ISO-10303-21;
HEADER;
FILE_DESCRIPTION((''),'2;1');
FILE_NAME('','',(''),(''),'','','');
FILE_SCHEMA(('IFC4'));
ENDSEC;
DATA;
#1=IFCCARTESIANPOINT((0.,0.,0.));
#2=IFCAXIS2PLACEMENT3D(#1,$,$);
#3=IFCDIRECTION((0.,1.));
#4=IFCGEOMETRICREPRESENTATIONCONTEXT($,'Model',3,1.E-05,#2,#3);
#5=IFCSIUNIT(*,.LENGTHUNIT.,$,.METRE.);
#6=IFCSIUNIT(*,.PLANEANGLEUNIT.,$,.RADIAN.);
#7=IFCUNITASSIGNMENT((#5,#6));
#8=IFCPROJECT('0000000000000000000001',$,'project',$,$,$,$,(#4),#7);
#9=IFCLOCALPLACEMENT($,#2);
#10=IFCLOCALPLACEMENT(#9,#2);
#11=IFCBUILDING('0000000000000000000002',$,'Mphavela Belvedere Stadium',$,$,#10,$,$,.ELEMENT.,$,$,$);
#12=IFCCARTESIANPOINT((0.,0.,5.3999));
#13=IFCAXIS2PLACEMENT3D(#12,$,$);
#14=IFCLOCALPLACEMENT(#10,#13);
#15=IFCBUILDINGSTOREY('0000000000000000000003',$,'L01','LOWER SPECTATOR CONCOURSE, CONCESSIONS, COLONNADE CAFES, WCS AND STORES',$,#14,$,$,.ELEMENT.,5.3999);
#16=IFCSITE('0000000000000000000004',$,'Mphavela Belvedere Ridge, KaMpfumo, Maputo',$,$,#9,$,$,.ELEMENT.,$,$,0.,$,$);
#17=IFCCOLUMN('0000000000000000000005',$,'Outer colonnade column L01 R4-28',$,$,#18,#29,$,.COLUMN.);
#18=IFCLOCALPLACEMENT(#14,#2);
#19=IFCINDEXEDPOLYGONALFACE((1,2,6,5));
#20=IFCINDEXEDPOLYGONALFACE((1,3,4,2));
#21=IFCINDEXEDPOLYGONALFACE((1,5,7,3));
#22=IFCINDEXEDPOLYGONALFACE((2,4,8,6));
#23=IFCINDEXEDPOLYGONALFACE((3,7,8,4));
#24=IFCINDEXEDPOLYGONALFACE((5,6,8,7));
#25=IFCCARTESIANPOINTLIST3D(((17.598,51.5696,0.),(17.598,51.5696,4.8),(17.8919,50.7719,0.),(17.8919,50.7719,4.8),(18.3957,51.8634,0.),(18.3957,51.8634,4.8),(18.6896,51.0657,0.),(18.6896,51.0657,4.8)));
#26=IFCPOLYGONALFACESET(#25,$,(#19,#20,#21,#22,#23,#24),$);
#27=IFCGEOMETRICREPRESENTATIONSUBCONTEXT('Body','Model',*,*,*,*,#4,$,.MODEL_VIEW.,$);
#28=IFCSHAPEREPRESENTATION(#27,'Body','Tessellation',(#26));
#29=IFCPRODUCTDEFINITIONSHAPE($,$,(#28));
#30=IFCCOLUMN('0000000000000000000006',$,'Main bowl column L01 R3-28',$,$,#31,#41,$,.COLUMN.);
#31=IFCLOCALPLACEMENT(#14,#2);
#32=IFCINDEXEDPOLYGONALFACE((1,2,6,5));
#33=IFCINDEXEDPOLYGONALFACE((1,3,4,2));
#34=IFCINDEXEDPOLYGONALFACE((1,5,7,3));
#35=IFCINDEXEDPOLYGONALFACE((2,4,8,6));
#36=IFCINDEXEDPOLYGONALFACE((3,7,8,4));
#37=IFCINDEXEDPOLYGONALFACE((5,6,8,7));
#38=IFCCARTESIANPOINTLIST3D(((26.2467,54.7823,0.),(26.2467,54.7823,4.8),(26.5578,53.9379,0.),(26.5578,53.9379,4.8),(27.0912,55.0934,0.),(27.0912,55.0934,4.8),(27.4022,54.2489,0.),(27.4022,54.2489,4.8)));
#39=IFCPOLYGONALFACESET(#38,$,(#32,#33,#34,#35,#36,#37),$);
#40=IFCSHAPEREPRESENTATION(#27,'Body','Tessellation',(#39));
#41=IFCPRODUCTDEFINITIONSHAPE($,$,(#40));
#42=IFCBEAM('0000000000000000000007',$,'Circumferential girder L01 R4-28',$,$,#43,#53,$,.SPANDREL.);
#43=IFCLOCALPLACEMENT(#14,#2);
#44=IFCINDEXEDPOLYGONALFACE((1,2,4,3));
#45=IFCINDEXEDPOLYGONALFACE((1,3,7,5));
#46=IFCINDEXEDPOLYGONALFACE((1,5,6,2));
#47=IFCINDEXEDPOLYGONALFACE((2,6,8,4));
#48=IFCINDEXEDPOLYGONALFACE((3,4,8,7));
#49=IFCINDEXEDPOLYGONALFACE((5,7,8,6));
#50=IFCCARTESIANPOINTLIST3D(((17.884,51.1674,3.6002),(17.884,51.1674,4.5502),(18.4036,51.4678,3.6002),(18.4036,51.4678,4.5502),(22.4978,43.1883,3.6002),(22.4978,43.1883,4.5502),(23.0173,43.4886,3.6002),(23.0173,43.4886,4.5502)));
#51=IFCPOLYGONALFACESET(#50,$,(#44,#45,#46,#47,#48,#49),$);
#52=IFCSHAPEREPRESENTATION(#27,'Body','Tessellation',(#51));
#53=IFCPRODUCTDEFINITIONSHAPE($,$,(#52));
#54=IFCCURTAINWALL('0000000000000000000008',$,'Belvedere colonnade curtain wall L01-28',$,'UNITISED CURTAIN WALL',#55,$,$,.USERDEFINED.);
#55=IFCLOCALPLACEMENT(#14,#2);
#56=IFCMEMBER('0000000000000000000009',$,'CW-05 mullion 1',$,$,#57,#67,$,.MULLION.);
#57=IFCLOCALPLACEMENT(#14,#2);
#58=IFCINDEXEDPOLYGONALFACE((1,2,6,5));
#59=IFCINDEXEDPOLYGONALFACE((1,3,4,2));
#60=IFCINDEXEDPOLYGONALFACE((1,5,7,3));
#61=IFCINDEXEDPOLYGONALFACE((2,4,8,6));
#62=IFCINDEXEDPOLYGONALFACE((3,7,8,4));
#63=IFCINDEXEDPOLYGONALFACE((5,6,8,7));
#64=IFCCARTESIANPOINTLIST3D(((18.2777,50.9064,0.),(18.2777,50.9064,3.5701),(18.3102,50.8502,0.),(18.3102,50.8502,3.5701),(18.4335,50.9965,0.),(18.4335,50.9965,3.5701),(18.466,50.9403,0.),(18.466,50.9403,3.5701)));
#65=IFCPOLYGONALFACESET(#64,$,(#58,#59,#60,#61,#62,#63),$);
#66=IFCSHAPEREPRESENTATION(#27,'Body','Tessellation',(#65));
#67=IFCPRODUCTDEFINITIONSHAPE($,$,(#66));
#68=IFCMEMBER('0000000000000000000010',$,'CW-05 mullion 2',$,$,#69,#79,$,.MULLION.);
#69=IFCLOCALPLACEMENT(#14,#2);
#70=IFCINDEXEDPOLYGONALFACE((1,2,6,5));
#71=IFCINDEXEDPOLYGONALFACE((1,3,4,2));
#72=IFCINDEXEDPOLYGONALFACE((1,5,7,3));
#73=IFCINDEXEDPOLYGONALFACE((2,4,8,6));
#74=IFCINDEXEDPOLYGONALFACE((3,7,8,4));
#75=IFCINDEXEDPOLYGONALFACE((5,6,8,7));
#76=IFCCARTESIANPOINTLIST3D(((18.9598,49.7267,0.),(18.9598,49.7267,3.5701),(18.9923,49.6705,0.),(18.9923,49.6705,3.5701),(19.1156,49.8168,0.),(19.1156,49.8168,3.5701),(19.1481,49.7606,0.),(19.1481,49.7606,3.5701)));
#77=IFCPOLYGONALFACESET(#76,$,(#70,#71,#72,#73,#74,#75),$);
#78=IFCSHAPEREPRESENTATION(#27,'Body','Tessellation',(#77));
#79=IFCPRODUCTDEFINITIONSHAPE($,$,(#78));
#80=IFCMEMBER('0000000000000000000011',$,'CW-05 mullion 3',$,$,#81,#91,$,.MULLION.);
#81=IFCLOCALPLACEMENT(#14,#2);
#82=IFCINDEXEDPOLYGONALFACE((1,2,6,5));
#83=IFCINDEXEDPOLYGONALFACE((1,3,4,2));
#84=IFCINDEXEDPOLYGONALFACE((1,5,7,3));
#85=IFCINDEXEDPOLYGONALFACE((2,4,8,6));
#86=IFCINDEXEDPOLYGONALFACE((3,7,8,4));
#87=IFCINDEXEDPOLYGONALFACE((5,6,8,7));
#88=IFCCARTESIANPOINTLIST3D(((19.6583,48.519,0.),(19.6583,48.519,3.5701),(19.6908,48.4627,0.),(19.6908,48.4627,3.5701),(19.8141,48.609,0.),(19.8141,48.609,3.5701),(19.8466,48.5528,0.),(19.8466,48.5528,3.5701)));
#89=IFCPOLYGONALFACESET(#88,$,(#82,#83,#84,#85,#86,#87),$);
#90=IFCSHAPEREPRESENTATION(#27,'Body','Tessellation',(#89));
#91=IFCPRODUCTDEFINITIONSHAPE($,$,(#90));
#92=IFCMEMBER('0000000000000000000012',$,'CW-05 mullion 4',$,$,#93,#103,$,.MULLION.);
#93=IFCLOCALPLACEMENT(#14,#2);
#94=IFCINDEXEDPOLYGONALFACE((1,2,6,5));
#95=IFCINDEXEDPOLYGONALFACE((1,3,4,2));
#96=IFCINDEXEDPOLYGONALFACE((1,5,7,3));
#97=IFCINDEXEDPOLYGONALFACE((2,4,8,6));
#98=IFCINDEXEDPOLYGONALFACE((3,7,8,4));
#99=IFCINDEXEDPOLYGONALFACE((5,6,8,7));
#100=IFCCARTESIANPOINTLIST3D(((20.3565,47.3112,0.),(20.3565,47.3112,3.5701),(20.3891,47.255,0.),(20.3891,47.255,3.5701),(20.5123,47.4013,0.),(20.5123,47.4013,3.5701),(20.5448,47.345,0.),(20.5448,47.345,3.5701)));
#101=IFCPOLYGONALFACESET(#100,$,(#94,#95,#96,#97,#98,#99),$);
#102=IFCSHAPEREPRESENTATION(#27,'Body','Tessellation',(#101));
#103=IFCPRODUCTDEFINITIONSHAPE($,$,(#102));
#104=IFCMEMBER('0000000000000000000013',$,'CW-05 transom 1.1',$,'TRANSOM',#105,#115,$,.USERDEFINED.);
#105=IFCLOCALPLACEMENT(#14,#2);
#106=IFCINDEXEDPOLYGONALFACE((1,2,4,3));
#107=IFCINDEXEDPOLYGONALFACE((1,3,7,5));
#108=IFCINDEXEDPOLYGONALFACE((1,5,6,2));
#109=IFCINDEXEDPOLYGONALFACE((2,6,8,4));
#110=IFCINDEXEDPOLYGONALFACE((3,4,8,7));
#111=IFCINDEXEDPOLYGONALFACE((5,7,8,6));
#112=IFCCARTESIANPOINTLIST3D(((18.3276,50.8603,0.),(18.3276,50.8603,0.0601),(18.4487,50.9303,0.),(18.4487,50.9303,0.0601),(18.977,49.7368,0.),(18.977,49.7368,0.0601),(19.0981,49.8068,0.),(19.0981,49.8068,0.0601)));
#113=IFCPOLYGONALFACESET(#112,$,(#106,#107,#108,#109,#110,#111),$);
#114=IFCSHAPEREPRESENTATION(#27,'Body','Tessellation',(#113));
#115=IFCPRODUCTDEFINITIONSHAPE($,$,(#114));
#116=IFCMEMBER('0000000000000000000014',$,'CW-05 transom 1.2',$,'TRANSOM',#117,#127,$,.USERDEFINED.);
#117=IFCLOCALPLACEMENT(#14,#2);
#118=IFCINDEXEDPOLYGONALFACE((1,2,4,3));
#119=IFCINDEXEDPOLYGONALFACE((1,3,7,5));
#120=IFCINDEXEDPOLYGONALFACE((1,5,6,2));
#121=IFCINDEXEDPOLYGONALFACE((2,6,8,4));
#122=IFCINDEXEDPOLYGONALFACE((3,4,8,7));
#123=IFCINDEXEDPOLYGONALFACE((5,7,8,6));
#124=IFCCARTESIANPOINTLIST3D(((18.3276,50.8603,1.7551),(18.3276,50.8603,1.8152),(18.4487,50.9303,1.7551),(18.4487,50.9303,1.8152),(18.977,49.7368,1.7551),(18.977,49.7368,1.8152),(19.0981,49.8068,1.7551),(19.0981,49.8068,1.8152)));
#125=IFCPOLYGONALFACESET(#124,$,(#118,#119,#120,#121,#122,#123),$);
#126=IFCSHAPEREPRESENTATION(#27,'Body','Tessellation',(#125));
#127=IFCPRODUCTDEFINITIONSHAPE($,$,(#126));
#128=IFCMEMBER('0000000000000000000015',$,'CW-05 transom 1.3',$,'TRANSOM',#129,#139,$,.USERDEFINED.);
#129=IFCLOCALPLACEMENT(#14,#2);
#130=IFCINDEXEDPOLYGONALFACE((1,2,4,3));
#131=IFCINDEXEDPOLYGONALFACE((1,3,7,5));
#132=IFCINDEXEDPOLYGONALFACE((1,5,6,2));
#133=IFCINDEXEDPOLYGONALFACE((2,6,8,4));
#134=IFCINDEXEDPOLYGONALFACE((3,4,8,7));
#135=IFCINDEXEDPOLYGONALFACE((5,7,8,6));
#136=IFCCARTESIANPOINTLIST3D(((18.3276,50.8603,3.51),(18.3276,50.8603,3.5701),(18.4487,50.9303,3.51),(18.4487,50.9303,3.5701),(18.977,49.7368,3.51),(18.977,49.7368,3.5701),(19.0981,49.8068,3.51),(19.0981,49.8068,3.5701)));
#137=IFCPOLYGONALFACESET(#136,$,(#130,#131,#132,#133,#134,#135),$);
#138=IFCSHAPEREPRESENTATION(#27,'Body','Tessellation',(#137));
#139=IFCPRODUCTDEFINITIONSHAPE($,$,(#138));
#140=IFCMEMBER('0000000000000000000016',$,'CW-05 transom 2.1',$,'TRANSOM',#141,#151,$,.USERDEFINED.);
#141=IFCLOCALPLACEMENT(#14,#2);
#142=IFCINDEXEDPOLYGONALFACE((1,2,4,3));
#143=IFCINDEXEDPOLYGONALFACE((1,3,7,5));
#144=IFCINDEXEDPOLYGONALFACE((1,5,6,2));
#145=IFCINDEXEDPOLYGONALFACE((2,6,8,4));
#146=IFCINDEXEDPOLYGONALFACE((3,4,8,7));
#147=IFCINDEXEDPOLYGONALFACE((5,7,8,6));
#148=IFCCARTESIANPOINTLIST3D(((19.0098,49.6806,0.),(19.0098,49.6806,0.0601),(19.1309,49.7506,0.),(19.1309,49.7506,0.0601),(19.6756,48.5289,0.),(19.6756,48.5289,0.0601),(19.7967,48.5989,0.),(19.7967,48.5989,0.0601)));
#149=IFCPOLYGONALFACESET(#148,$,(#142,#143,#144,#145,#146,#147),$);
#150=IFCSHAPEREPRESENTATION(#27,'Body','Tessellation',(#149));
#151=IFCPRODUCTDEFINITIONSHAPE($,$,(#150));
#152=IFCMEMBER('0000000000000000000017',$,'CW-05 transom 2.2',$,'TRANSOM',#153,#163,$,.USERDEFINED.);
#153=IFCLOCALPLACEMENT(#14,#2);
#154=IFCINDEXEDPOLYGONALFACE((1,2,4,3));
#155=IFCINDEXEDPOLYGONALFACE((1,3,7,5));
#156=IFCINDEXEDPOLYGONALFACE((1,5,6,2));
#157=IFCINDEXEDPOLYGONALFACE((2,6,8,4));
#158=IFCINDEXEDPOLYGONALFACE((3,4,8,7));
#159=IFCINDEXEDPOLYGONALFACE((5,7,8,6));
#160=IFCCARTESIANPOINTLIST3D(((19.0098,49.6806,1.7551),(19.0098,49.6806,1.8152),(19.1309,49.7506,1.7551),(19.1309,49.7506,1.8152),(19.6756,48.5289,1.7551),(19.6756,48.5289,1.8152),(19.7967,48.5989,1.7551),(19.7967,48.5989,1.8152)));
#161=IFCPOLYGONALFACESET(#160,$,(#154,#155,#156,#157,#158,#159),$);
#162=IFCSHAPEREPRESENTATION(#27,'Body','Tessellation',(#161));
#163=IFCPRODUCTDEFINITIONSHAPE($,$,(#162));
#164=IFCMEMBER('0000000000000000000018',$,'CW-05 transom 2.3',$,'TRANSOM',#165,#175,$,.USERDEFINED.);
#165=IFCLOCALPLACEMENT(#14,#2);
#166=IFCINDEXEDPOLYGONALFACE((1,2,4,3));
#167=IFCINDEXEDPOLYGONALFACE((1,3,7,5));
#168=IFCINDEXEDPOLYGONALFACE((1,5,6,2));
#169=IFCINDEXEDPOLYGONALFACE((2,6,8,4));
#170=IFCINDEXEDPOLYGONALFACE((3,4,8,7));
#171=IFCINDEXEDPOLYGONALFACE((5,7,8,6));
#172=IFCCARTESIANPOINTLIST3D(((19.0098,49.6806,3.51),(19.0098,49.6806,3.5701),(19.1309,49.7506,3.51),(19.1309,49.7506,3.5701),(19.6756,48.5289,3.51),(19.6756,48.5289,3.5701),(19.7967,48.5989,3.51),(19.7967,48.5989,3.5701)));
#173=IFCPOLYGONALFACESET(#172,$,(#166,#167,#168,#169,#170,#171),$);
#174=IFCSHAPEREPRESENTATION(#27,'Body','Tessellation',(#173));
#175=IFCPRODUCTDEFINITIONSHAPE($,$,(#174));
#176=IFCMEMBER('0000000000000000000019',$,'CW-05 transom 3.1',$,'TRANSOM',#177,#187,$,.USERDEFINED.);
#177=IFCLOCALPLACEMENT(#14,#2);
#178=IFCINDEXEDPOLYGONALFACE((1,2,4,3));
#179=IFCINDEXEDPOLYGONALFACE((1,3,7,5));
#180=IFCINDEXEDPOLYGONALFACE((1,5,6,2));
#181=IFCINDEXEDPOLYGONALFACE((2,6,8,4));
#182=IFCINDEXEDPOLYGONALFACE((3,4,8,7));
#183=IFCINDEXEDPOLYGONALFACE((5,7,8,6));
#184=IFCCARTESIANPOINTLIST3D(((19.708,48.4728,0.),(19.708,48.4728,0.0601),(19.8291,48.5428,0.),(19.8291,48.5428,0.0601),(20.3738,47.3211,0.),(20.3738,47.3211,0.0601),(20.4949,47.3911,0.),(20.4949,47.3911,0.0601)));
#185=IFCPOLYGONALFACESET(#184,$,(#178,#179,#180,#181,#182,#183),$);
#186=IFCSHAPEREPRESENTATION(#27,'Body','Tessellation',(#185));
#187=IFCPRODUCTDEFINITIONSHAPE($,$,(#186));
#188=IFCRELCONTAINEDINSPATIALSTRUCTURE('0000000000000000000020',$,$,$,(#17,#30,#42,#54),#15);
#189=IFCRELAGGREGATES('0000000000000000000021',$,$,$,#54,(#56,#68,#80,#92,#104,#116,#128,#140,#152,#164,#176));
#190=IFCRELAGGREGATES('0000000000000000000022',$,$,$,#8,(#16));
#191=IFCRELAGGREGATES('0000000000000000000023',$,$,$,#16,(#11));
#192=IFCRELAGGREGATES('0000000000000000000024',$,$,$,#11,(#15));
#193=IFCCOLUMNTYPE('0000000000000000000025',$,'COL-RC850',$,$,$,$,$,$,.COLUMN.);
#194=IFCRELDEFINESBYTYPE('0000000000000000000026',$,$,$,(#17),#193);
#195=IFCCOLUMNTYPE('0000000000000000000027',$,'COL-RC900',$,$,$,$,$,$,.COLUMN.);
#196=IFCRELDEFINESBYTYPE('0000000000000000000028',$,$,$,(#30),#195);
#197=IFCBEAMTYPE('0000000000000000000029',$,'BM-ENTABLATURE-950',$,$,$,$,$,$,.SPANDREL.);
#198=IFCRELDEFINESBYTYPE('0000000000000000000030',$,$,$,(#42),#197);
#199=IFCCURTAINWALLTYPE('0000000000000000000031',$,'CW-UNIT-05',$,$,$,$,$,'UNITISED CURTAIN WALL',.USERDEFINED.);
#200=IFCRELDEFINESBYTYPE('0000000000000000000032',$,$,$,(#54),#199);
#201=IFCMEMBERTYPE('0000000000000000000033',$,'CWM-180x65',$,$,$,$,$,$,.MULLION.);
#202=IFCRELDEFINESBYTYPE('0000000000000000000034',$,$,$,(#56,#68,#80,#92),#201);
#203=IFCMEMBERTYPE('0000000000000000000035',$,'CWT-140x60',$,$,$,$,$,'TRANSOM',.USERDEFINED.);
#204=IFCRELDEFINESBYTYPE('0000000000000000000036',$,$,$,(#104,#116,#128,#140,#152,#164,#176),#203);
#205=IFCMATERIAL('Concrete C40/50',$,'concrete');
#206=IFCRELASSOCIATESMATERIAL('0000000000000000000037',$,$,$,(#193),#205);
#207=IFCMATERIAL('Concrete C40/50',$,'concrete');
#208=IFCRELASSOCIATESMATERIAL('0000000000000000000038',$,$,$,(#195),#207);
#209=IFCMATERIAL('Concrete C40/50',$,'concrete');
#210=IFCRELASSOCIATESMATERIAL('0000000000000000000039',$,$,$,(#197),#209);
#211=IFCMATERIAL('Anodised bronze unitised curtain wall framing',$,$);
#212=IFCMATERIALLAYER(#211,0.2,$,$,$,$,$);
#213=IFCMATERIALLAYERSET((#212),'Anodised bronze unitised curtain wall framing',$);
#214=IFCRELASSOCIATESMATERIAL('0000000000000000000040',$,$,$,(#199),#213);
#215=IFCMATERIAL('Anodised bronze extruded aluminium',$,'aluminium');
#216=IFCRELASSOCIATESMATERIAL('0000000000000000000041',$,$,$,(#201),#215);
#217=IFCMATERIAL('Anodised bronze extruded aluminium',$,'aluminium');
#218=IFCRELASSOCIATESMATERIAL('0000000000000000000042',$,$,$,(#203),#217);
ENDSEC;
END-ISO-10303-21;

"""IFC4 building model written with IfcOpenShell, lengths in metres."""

from ifc_helpers import new_model, si_unit, direction, frame, origin, origin_2d, place, context, subcontext, project, spatial, rectangle, extrude, material, layer, layer_set, material_profile, profile_set, type_object, element, aggregate, save


model = new_model("IFC4")

# Units and contexts
model_context = context("Model", 3, precision=1e-05, world=origin(), true_north=direction((0.0, 1.0)))
body_context = subcontext(model_context, "Body", "Model", "MODEL_VIEW")
ifc_project = project(units=[si_unit("LENGTHUNIT", "METRE"), si_unit("PLANEANGLEUNIT", "RADIAN")], contexts=[model_context])

# Site, building, storey
site_placement = place(None, origin())
site = spatial("IfcSite", under=ifc_project, at=site_placement, Name="Mphavela Belvedere Ridge, KaMpfumo, Maputo", CompositionType="ELEMENT", RefElevation=0.0)
building_placement = place(site_placement, origin())
building = spatial("IfcBuilding", under=site, at=building_placement, Name="Mphavela Belvedere Stadium", CompositionType="ELEMENT")
storey_placement = place(building_placement, frame((0.0, 0.0, 5.3999)))
storey = spatial("IfcBuildingStorey", under=building, at=storey_placement, Name="L01", Description="LOWER SPECTATOR CONCOURSE, CONCESSIONS, COLONNADE CAFES, WCS AND STORES", CompositionType="ELEMENT", Elevation=5.3999)

# Columns
ifc_material_1 = material(Name="Concrete C40/50", Category="concrete")
ifc_material_profile_1 = material_profile(ifc_material_1, rectangle(XDim=0.8501, YDim=0.8501, at=origin_2d()), Name="RC 850x850")
ifc_profile_set_1 = profile_set([ifc_material_profile_1], Name="Concrete C40/50")
column_type_1 = type_object("IfcColumnType", Name="COL-RC850", PredefinedType="COLUMN", material=ifc_profile_set_1)
column_1_placement = place(storey_placement, frame((18.1438, 51.3176, 0.0), z_axis=(0.0, 0.0, 1.0), x_axis=(-0.938372, -0.345626, 0.0)))
element("IfcColumn", 1, at=column_1_placement, inside=storey, type_object=column_type_1, Name="Outer colonnade column L01 R4-28", PredefinedType="COLUMN", context=body_context, shape_type="SweptSolid", body=[
    extrude(rectangle(XDim=0.8501, YDim=0.8501, at=origin_2d()), origin(), (0.0, 0.0, 1.0), 4.8),
])
ifc_material_2 = material(Name="Concrete C40/50", Category="concrete")
ifc_material_profile_2 = material_profile(ifc_material_2, rectangle(XDim=0.8999, YDim=0.8999, at=origin_2d()), Name="RC 900x900")
ifc_profile_set_2 = profile_set([ifc_material_profile_2], Name="Concrete C40/50")
column_type_2 = type_object("IfcColumnType", Name="COL-RC900", PredefinedType="COLUMN", material=ifc_profile_set_2)
column_2_placement = place(storey_placement, frame((26.8245, 54.5156, 0.0), z_axis=(0.0, 0.0, 1.0), x_axis=(-0.938372, -0.345626, 0.0)))
element("IfcColumn", 2, at=column_2_placement, inside=storey, type_object=column_type_2, Name="Main bowl column L01 R3-28", PredefinedType="COLUMN", context=body_context, shape_type="SweptSolid", body=[
    extrude(rectangle(XDim=0.8999, YDim=0.8999, at=origin_2d()), origin(), (0.0, 0.0, 1.0), 4.8),
])

# Beam
ifc_material_3 = material(Name="Concrete C40/50", Category="concrete")
ifc_material_profile_3 = material_profile(ifc_material_3, rectangle(XDim=0.6001, YDim=0.95, at=origin_2d()), Name="RC 600x950")
ifc_profile_set_3 = profile_set([ifc_material_profile_3], Name="Concrete C40/50")
beam_type = type_object("IfcBeamType", Name="BM-ENTABLATURE-950", PredefinedType="SPANDREL", material=ifc_profile_set_3)
beam_placement = place(storey_placement, frame((18.1438, 51.3176, 4.0752), z_axis=(0.500565, -0.865699, 0.0), x_axis=(0.865699, 0.500565, 0.0)))
element("IfcBeam", 3, at=beam_placement, inside=storey, type_object=beam_type, Name="Circumferential girder L01 R4-28", PredefinedType="SPANDREL", context=body_context, shape_type="SweptSolid", body=[
    extrude(rectangle(XDim=0.6001, YDim=0.95, at=origin_2d()), origin(), (0.0, 0.0, 1.0), 9.217),
])

# Curtain wall, members
ifc_material_4 = material(Name="Anodised bronze unitised curtain wall framing")
ifc_layer_1 = layer(ifc_material_4, 0.2)
ifc_layer_set_1 = layer_set([ifc_layer_1], Name="Anodised bronze unitised curtain wall framing")
curtain_wall_type = type_object("IfcCurtainWallType", Name="CW-UNIT-05", ElementType="UNITISED CURTAIN WALL", PredefinedType="USERDEFINED", material=ifc_layer_set_1)
curtain_wall_placement = place(storey_placement, origin())
curtain_wall = element("IfcCurtainWall", 4, at=curtain_wall_placement, inside=storey, type_object=curtain_wall_type, Name="Belvedere colonnade curtain wall L01-28", ObjectType="UNITISED CURTAIN WALL", PredefinedType="USERDEFINED")
ifc_material_5 = material(Name="Anodised bronze extruded aluminium", Category="aluminium")
ifc_material_profile_4 = material_profile(ifc_material_5, rectangle(XDim=0.1799, YDim=0.0649, at=origin_2d()), Name="CW-MUL 180x65")
ifc_profile_set_4 = profile_set([ifc_material_profile_4], Name="Anodised bronze extruded aluminium")
member_type_1 = type_object("IfcMemberType", Name="CWM-180x65", PredefinedType="MULLION", material=ifc_profile_set_4)
member_1_placement = place(storey_placement, frame((18.3718, 50.9233, 0.0), z_axis=(0.0, 0.0, 1.0), x_axis=(0.865702, 0.500561, 0.0)))
member_1 = element("IfcMember", 5, at=member_1_placement, type_object=member_type_1, Name="CW-05 mullion 1", PredefinedType="MULLION", context=body_context, shape_type="SweptSolid", body=[
    extrude(rectangle(XDim=0.1799, YDim=0.0649, at=origin_2d()), origin(), (0.0, 0.0, 1.0), 3.5701),
])
member_2_placement = place(storey_placement, frame((19.054, 49.7437, 0.0), z_axis=(0.0, 0.0, 1.0), x_axis=(0.865702, 0.500561, 0.0)))
member_2 = element("IfcMember", 6, at=member_2_placement, type_object=member_type_1, Name="CW-05 mullion 2", PredefinedType="MULLION", context=body_context, shape_type="SweptSolid", body=[
    extrude(rectangle(XDim=0.1799, YDim=0.0649, at=origin_2d()), origin(), (0.0, 0.0, 1.0), 3.5701),
])
member_3_placement = place(storey_placement, frame((19.7524, 48.5359, 0.0), z_axis=(0.0, 0.0, 1.0), x_axis=(0.865702, 0.500561, 0.0)))
member_3 = element("IfcMember", 7, at=member_3_placement, type_object=member_type_1, Name="CW-05 mullion 3", PredefinedType="MULLION", context=body_context, shape_type="SweptSolid", body=[
    extrude(rectangle(XDim=0.1799, YDim=0.0649, at=origin_2d()), origin(), (0.0, 0.0, 1.0), 3.5701),
])
member_4_placement = place(storey_placement, frame((20.4507, 47.3281, 0.0), z_axis=(0.0, 0.0, 1.0), x_axis=(0.865702, 0.500561, 0.0)))
member_4 = element("IfcMember", 8, at=member_4_placement, type_object=member_type_1, Name="CW-05 mullion 4", PredefinedType="MULLION", context=body_context, shape_type="SweptSolid", body=[
    extrude(rectangle(XDim=0.1799, YDim=0.0649, at=origin_2d()), origin(), (0.0, 0.0, 1.0), 3.5701),
])
ifc_material_6 = material(Name="Anodised bronze extruded aluminium", Category="aluminium")
ifc_material_profile_5 = material_profile(ifc_material_6, rectangle(XDim=0.1399, YDim=0.0601, at=origin_2d()), Name="CW-TRN 140x60")
ifc_profile_set_5 = profile_set([ifc_material_profile_5], Name="Anodised bronze extruded aluminium")
member_type_2 = type_object("IfcMemberType", Name="CWT-140x60", ElementType="TRANSOM", PredefinedType="USERDEFINED", material=ifc_profile_set_5)
member_5_placement = place(storey_placement, frame((18.3882, 50.8953, 0.03), z_axis=(0.500428, -0.865778, 0.0), x_axis=(0.865778, 0.500428, 0.0)))
member_5 = element("IfcMember", 9, at=member_5_placement, type_object=member_type_2, Name="CW-05 transom 1.1", ObjectType="TRANSOM", PredefinedType="USERDEFINED", context=body_context, shape_type="SweptSolid", body=[
    extrude(rectangle(XDim=0.1399, YDim=0.0601, at=origin_2d()), origin(), (0.0, 0.0, 1.0), 1.2976),
])
member_6_placement = place(storey_placement, frame((18.3882, 50.8953, 1.7852), z_axis=(0.500428, -0.865778, 0.0), x_axis=(0.865778, 0.500428, 0.0)))
member_6 = element("IfcMember", 10, at=member_6_placement, type_object=member_type_2, Name="CW-05 transom 1.2", ObjectType="TRANSOM", PredefinedType="USERDEFINED", context=body_context, shape_type="SweptSolid", body=[
    extrude(rectangle(XDim=0.1399, YDim=0.0601, at=origin_2d()), origin(), (0.0, 0.0, 1.0), 1.2976),
])
member_7_placement = place(storey_placement, frame((18.3882, 50.8953, 3.54), z_axis=(0.500428, -0.865778, 0.0), x_axis=(0.865778, 0.500428, 0.0)))
member_7 = element("IfcMember", 11, at=member_7_placement, type_object=member_type_2, Name="CW-05 transom 1.3", ObjectType="TRANSOM", PredefinedType="USERDEFINED", context=body_context, shape_type="SweptSolid", body=[
    extrude(rectangle(XDim=0.1399, YDim=0.0601, at=origin_2d()), origin(), (0.0, 0.0, 1.0), 1.2976),
])
member_8_placement = place(storey_placement, frame((19.0703, 49.7156, 0.03), z_axis=(0.500501, -0.865736, 0.0), x_axis=(0.865736, 0.500501, 0.0)))
member_8 = element("IfcMember", 12, at=member_8_placement, type_object=member_type_2, Name="CW-05 transom 2.1", ObjectType="TRANSOM", PredefinedType="USERDEFINED", context=body_context, shape_type="SweptSolid", body=[
    extrude(rectangle(XDim=0.1399, YDim=0.0601, at=origin_2d()), origin(), (0.0, 0.0, 1.0), 1.3303),
])
member_9_placement = place(storey_placement, frame((19.0703, 49.7156, 1.7852), z_axis=(0.500501, -0.865736, 0.0), x_axis=(0.865736, 0.500501, 0.0)))
member_9 = element("IfcMember", 13, at=member_9_placement, type_object=member_type_2, Name="CW-05 transom 2.2", ObjectType="TRANSOM", PredefinedType="USERDEFINED", context=body_context, shape_type="SweptSolid", body=[
    extrude(rectangle(XDim=0.1399, YDim=0.0601, at=origin_2d()), origin(), (0.0, 0.0, 1.0), 1.3303),
])
member_10_placement = place(storey_placement, frame((19.0703, 49.7156, 3.54), z_axis=(0.500501, -0.865736, 0.0), x_axis=(0.865736, 0.500501, 0.0)))
member_10 = element("IfcMember", 14, at=member_10_placement, type_object=member_type_2, Name="CW-05 transom 2.3", ObjectType="TRANSOM", PredefinedType="USERDEFINED", context=body_context, shape_type="SweptSolid", body=[
    extrude(rectangle(XDim=0.1399, YDim=0.0601, at=origin_2d()), origin(), (0.0, 0.0, 1.0), 1.3303),
])
member_11_placement = place(storey_placement, frame((19.7686, 48.5078, 0.03), z_axis=(0.500501, -0.865736, 0.0), x_axis=(0.865736, 0.500501, 0.0)))
member_11 = element("IfcMember", 15, at=member_11_placement, type_object=member_type_2, Name="CW-05 transom 3.1", ObjectType="TRANSOM", PredefinedType="USERDEFINED", context=body_context, shape_type="SweptSolid", body=[
    extrude(rectangle(XDim=0.1399, YDim=0.0601, at=origin_2d()), origin(), (0.0, 0.0, 1.0), 1.3303),
])
aggregate(curtain_wall, [member_1, member_2, member_3, member_4, member_5, member_6, member_7, member_8, member_9, member_10, member_11])

save(model, "model.ifc")
